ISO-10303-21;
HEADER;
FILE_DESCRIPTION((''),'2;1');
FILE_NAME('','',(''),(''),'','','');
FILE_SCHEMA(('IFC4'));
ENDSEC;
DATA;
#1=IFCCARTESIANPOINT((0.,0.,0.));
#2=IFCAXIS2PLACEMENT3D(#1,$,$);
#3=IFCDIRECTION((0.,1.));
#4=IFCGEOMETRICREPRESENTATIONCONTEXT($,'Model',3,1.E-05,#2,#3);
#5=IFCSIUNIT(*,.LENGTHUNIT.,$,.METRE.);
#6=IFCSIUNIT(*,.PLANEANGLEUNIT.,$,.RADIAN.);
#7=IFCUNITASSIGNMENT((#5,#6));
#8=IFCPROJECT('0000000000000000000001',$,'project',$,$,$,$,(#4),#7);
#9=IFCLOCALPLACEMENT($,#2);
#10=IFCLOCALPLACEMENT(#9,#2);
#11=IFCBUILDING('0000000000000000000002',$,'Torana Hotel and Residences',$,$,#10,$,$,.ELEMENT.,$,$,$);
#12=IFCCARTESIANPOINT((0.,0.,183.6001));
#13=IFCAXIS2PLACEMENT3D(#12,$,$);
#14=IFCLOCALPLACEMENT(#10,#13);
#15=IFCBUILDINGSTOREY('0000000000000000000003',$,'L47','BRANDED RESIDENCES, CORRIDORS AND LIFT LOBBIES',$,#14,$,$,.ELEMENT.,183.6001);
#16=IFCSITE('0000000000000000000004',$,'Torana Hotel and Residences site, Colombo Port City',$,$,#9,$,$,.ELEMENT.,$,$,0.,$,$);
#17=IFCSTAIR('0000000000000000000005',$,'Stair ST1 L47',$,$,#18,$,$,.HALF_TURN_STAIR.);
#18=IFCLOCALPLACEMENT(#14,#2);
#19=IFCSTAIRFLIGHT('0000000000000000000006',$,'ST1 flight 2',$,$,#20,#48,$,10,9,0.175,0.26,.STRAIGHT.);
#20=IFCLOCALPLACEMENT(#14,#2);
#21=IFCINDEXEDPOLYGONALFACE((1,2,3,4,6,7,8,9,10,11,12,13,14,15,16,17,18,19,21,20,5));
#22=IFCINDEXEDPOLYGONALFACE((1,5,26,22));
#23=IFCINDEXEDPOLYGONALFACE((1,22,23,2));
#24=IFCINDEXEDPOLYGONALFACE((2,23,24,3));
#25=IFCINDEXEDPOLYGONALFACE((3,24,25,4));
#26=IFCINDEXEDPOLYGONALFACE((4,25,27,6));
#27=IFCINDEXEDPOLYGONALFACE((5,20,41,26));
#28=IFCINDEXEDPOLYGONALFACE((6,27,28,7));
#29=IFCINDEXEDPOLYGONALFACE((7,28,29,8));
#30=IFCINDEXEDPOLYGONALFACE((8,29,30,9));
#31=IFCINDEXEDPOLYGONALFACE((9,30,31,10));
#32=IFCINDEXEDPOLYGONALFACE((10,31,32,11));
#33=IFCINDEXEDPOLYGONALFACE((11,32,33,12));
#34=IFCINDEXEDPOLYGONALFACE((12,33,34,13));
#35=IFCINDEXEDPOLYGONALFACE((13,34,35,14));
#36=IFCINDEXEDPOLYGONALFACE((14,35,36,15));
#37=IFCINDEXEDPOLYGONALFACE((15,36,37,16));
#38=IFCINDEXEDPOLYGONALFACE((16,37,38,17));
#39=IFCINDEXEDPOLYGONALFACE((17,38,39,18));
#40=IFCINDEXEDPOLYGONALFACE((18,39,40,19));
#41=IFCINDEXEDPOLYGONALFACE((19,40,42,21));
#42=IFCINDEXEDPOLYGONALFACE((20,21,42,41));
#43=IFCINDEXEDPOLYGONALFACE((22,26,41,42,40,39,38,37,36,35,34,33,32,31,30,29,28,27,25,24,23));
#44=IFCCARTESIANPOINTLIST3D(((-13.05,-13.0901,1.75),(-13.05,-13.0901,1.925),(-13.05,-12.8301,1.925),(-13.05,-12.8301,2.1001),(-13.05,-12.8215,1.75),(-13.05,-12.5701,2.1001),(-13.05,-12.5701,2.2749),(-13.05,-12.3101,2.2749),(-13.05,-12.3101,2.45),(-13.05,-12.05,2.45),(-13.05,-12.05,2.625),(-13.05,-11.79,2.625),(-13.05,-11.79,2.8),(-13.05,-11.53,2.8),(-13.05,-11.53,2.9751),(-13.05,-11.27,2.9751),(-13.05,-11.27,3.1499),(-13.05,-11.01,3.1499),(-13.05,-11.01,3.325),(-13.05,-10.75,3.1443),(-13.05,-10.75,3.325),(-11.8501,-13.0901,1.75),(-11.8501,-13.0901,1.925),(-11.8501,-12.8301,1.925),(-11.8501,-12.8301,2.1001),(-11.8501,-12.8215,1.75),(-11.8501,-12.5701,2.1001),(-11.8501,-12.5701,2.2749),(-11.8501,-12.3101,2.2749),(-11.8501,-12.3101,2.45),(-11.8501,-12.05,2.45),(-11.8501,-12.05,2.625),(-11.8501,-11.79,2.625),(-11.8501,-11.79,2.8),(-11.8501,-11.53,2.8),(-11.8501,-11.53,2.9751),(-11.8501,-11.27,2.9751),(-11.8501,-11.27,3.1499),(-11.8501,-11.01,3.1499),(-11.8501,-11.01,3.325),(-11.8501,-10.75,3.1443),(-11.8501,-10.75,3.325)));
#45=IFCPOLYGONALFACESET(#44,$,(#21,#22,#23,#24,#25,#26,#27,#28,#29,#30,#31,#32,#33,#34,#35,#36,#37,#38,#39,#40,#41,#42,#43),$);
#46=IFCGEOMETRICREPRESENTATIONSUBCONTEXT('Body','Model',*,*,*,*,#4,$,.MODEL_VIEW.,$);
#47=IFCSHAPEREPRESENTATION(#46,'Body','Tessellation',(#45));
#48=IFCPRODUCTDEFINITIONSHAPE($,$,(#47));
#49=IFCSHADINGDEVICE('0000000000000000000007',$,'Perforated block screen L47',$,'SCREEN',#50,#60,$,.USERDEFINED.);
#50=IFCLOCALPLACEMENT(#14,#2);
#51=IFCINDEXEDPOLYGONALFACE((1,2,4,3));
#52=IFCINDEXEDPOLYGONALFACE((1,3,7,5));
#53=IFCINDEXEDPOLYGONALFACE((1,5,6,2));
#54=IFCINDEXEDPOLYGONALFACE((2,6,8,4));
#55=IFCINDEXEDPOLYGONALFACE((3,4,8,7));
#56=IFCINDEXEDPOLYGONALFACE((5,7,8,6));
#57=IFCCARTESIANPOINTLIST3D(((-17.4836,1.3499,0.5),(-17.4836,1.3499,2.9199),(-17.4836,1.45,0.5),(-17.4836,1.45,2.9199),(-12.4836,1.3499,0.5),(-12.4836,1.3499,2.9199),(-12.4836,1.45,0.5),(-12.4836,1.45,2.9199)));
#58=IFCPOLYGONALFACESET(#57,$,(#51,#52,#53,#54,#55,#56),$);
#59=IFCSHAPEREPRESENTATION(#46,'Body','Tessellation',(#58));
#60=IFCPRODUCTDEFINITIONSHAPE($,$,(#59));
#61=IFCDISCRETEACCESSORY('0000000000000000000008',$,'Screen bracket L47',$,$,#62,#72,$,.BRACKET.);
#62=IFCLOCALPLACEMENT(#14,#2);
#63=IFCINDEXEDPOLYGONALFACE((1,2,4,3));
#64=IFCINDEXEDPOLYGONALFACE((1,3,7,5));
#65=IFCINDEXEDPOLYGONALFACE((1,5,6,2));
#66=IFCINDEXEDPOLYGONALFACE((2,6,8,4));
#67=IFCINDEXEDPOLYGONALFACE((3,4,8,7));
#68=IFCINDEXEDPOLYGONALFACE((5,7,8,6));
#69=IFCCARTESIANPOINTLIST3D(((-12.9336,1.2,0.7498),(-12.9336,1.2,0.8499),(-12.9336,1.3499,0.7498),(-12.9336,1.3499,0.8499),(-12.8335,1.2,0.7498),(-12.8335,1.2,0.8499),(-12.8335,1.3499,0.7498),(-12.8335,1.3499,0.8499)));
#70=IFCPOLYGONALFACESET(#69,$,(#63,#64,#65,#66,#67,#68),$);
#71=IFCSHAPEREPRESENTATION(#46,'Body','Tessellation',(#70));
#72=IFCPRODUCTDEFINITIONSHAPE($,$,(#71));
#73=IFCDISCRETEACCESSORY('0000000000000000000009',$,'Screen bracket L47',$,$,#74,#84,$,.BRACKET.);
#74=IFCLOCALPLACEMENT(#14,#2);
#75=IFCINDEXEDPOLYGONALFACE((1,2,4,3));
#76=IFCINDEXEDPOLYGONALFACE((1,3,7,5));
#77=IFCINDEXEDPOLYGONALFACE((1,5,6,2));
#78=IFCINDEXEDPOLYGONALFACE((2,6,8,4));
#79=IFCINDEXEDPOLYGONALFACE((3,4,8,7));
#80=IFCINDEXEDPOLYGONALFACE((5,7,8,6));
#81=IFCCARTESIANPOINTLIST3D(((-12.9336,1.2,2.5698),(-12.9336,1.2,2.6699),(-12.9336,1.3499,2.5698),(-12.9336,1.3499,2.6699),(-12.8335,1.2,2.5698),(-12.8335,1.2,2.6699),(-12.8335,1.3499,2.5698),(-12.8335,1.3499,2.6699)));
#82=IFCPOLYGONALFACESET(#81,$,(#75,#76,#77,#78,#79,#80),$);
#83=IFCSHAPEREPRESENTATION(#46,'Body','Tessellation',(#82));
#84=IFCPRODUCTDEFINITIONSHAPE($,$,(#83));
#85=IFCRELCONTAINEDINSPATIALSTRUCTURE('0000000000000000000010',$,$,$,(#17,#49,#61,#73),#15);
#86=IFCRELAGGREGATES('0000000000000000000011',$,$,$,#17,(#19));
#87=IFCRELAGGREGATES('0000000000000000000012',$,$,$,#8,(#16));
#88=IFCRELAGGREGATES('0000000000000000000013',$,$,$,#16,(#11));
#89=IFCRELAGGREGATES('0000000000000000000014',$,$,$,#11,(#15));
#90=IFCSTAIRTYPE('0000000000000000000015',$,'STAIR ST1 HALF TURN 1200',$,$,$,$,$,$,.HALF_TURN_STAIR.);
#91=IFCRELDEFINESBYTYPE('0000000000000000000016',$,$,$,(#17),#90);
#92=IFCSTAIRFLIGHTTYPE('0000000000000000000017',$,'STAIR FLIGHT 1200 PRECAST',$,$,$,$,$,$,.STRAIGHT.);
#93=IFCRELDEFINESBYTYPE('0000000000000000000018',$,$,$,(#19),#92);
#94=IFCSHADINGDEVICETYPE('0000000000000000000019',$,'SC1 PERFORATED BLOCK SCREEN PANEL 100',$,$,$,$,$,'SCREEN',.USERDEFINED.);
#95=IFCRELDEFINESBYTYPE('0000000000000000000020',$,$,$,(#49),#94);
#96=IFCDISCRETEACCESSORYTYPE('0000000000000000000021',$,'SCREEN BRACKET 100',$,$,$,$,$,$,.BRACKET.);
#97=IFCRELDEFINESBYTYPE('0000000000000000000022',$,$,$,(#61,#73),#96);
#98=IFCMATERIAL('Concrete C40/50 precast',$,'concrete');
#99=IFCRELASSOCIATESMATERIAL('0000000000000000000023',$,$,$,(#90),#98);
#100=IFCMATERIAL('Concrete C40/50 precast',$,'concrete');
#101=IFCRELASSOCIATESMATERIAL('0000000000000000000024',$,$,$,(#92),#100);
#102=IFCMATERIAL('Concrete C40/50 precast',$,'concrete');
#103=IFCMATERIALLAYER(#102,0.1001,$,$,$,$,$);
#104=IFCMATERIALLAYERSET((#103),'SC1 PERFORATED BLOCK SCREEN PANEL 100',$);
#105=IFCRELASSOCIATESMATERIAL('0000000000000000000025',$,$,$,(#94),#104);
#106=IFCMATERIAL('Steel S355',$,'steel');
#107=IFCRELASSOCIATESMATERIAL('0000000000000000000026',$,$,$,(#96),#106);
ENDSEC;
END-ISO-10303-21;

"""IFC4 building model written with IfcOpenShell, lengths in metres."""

from ifc_helpers import new_model, si_unit, direction, frame, origin, origin_2d, place, context, subcontext, project, spatial, polyline, rectangle, outline, extrude, material, layer, layer_set, type_object, element, aggregate, save


model = new_model("IFC4")

# Units and contexts
model_context = context("Model", 3, precision=1e-05, world=origin(), true_north=direction((0.0, 1.0)))
body_context = subcontext(model_context, "Body", "Model", "MODEL_VIEW")
ifc_project = project(units=[si_unit("LENGTHUNIT", "METRE"), si_unit("PLANEANGLEUNIT", "RADIAN")], contexts=[model_context])

# Site, building, storey
site_placement = place(None, origin())
site = spatial("IfcSite", under=ifc_project, at=site_placement, Name="Torana Hotel and Residences site, Colombo Port City", CompositionType="ELEMENT", RefElevation=0.0)
building_placement = place(site_placement, origin())
building = spatial("IfcBuilding", under=site, at=building_placement, Name="Torana Hotel and Residences", CompositionType="ELEMENT")
storey_placement = place(building_placement, frame((0.0, 0.0, 183.6001)))
storey = spatial("IfcBuildingStorey", under=building, at=storey_placement, Name="L47", Description="BRANDED RESIDENCES, CORRIDORS AND LIFT LOBBIES", CompositionType="ELEMENT", Elevation=183.6001)

# Stair, stair flight
ifc_material_1 = material(Name="Concrete C40/50 precast", Category="concrete")
stair_type = type_object("IfcStairType", Name="STAIR ST1 HALF TURN 1200", PredefinedType="HALF_TURN_STAIR", material=ifc_material_1)
stair_placement = place(storey_placement, origin())
stair = element("IfcStair", 1, at=stair_placement, inside=storey, type_object=stair_type, Name="Stair ST1 L47", PredefinedType="HALF_TURN_STAIR")
ifc_material_2 = material(Name="Concrete C40/50 precast", Category="concrete")
stair_flight_type = type_object("IfcStairFlightType", Name="STAIR FLIGHT 1200 PRECAST", PredefinedType="STRAIGHT", material=ifc_material_2)
stair_flight_1_placement = place(storey_placement, frame((-12.45, -13.0901, 1.75), z_axis=(0.0, 0.0, 1.0), x_axis=(0.0, 1.0, 0.0)))
stair_flight_1 = element("IfcStairFlight", 2, at=stair_flight_1_placement, type_object=stair_flight_type, Name="ST1 flight 2", NumberOfRisers=10, NumberOfTreads=9, PredefinedType="STRAIGHT", RiserHeight=0.175, TreadLength=0.26, context=body_context, shape_type="SweptSolid", body=[
    extrude(outline(polyline([(0.0, 0.0), (0.0, 0.175), (0.26, 0.175), (0.26, 0.3501), (0.52, 0.3501), (0.52, 0.5249), (0.78, 0.5249), (0.78, 0.7), (1.04, 0.7), (1.04, 0.875), (1.3, 0.875), (1.3, 1.05), (1.5601, 1.05), (1.5601, 1.2251), (1.8201, 1.2251), (1.8201, 1.3999), (2.0801, 1.3999), (2.0801, 1.575), (2.3401, 1.575), (2.3401, 1.75), (2.3401, 1.3943), (0.2686, 0.0), (0.0, 0.0)])), frame((0.0, 0.6001, 0.0), z_axis=(0.0, -1.0, 0.0), x_axis=(1.0, 0.0, 0.0)), (0.0, 0.0, 1.0), 1.2),
])
aggregate(stair, [stair_flight_1])

# Shading device
ifc_material_3 = material(Name="Concrete C40/50 precast", Category="concrete")
ifc_layer_1 = layer(ifc_material_3, 0.1001)
ifc_layer_set_1 = layer_set([ifc_layer_1], Name="SC1 PERFORATED BLOCK SCREEN PANEL 100")
shading_device_type = type_object("IfcShadingDeviceType", Name="SC1 PERFORATED BLOCK SCREEN PANEL 100", ElementType="SCREEN", PredefinedType="USERDEFINED", material=ifc_layer_set_1)
shading_device_placement = place(storey_placement, frame((-14.9836, 1.3999, 0.5), z_axis=(0.0, 0.0, 1.0), x_axis=(-1.0, 0.0, 0.0)))
element("IfcShadingDevice", 3, at=shading_device_placement, inside=storey, type_object=shading_device_type, Name="Perforated block screen L47", ObjectType="SCREEN", PredefinedType="USERDEFINED", context=body_context, shape_type="SweptSolid", body=[
    extrude(rectangle(XDim=5.0, YDim=0.1001, at=origin_2d()), origin(), (0.0, 0.0, 1.0), 2.4199),
])

# Discrete accessories
ifc_material_4 = material(Name="Steel S355", Category="steel")
discrete_accessory_type = type_object("IfcDiscreteAccessoryType", Name="SCREEN BRACKET 100", PredefinedType="BRACKET", material=ifc_material_4)
for number, where, z_axis, x_axis, name in (
    (4, (-12.8835, 1.2749, 0.7498), (0.0, 0.0, 1.0), (-1.0, 0.0, 0.0), "Screen bracket L47"),
    (5, (-12.8835, 1.2749, 2.5698), (0.0, 0.0, 1.0), (-1.0, 0.0, 0.0), "Screen bracket L47"),
):
    element("IfcDiscreteAccessory", number, at=place(storey_placement, frame(where, z_axis=z_axis, x_axis=x_axis)), inside=storey, type_object=discrete_accessory_type, Name=name, PredefinedType="BRACKET", context=body_context, shape_type="SweptSolid", body=[
        extrude(rectangle(XDim=0.1001, YDim=0.1499, at=origin_2d()), origin(), (0.0, 0.0, 1.0), 0.1001),
    ])

save(model, "model.ifc")
